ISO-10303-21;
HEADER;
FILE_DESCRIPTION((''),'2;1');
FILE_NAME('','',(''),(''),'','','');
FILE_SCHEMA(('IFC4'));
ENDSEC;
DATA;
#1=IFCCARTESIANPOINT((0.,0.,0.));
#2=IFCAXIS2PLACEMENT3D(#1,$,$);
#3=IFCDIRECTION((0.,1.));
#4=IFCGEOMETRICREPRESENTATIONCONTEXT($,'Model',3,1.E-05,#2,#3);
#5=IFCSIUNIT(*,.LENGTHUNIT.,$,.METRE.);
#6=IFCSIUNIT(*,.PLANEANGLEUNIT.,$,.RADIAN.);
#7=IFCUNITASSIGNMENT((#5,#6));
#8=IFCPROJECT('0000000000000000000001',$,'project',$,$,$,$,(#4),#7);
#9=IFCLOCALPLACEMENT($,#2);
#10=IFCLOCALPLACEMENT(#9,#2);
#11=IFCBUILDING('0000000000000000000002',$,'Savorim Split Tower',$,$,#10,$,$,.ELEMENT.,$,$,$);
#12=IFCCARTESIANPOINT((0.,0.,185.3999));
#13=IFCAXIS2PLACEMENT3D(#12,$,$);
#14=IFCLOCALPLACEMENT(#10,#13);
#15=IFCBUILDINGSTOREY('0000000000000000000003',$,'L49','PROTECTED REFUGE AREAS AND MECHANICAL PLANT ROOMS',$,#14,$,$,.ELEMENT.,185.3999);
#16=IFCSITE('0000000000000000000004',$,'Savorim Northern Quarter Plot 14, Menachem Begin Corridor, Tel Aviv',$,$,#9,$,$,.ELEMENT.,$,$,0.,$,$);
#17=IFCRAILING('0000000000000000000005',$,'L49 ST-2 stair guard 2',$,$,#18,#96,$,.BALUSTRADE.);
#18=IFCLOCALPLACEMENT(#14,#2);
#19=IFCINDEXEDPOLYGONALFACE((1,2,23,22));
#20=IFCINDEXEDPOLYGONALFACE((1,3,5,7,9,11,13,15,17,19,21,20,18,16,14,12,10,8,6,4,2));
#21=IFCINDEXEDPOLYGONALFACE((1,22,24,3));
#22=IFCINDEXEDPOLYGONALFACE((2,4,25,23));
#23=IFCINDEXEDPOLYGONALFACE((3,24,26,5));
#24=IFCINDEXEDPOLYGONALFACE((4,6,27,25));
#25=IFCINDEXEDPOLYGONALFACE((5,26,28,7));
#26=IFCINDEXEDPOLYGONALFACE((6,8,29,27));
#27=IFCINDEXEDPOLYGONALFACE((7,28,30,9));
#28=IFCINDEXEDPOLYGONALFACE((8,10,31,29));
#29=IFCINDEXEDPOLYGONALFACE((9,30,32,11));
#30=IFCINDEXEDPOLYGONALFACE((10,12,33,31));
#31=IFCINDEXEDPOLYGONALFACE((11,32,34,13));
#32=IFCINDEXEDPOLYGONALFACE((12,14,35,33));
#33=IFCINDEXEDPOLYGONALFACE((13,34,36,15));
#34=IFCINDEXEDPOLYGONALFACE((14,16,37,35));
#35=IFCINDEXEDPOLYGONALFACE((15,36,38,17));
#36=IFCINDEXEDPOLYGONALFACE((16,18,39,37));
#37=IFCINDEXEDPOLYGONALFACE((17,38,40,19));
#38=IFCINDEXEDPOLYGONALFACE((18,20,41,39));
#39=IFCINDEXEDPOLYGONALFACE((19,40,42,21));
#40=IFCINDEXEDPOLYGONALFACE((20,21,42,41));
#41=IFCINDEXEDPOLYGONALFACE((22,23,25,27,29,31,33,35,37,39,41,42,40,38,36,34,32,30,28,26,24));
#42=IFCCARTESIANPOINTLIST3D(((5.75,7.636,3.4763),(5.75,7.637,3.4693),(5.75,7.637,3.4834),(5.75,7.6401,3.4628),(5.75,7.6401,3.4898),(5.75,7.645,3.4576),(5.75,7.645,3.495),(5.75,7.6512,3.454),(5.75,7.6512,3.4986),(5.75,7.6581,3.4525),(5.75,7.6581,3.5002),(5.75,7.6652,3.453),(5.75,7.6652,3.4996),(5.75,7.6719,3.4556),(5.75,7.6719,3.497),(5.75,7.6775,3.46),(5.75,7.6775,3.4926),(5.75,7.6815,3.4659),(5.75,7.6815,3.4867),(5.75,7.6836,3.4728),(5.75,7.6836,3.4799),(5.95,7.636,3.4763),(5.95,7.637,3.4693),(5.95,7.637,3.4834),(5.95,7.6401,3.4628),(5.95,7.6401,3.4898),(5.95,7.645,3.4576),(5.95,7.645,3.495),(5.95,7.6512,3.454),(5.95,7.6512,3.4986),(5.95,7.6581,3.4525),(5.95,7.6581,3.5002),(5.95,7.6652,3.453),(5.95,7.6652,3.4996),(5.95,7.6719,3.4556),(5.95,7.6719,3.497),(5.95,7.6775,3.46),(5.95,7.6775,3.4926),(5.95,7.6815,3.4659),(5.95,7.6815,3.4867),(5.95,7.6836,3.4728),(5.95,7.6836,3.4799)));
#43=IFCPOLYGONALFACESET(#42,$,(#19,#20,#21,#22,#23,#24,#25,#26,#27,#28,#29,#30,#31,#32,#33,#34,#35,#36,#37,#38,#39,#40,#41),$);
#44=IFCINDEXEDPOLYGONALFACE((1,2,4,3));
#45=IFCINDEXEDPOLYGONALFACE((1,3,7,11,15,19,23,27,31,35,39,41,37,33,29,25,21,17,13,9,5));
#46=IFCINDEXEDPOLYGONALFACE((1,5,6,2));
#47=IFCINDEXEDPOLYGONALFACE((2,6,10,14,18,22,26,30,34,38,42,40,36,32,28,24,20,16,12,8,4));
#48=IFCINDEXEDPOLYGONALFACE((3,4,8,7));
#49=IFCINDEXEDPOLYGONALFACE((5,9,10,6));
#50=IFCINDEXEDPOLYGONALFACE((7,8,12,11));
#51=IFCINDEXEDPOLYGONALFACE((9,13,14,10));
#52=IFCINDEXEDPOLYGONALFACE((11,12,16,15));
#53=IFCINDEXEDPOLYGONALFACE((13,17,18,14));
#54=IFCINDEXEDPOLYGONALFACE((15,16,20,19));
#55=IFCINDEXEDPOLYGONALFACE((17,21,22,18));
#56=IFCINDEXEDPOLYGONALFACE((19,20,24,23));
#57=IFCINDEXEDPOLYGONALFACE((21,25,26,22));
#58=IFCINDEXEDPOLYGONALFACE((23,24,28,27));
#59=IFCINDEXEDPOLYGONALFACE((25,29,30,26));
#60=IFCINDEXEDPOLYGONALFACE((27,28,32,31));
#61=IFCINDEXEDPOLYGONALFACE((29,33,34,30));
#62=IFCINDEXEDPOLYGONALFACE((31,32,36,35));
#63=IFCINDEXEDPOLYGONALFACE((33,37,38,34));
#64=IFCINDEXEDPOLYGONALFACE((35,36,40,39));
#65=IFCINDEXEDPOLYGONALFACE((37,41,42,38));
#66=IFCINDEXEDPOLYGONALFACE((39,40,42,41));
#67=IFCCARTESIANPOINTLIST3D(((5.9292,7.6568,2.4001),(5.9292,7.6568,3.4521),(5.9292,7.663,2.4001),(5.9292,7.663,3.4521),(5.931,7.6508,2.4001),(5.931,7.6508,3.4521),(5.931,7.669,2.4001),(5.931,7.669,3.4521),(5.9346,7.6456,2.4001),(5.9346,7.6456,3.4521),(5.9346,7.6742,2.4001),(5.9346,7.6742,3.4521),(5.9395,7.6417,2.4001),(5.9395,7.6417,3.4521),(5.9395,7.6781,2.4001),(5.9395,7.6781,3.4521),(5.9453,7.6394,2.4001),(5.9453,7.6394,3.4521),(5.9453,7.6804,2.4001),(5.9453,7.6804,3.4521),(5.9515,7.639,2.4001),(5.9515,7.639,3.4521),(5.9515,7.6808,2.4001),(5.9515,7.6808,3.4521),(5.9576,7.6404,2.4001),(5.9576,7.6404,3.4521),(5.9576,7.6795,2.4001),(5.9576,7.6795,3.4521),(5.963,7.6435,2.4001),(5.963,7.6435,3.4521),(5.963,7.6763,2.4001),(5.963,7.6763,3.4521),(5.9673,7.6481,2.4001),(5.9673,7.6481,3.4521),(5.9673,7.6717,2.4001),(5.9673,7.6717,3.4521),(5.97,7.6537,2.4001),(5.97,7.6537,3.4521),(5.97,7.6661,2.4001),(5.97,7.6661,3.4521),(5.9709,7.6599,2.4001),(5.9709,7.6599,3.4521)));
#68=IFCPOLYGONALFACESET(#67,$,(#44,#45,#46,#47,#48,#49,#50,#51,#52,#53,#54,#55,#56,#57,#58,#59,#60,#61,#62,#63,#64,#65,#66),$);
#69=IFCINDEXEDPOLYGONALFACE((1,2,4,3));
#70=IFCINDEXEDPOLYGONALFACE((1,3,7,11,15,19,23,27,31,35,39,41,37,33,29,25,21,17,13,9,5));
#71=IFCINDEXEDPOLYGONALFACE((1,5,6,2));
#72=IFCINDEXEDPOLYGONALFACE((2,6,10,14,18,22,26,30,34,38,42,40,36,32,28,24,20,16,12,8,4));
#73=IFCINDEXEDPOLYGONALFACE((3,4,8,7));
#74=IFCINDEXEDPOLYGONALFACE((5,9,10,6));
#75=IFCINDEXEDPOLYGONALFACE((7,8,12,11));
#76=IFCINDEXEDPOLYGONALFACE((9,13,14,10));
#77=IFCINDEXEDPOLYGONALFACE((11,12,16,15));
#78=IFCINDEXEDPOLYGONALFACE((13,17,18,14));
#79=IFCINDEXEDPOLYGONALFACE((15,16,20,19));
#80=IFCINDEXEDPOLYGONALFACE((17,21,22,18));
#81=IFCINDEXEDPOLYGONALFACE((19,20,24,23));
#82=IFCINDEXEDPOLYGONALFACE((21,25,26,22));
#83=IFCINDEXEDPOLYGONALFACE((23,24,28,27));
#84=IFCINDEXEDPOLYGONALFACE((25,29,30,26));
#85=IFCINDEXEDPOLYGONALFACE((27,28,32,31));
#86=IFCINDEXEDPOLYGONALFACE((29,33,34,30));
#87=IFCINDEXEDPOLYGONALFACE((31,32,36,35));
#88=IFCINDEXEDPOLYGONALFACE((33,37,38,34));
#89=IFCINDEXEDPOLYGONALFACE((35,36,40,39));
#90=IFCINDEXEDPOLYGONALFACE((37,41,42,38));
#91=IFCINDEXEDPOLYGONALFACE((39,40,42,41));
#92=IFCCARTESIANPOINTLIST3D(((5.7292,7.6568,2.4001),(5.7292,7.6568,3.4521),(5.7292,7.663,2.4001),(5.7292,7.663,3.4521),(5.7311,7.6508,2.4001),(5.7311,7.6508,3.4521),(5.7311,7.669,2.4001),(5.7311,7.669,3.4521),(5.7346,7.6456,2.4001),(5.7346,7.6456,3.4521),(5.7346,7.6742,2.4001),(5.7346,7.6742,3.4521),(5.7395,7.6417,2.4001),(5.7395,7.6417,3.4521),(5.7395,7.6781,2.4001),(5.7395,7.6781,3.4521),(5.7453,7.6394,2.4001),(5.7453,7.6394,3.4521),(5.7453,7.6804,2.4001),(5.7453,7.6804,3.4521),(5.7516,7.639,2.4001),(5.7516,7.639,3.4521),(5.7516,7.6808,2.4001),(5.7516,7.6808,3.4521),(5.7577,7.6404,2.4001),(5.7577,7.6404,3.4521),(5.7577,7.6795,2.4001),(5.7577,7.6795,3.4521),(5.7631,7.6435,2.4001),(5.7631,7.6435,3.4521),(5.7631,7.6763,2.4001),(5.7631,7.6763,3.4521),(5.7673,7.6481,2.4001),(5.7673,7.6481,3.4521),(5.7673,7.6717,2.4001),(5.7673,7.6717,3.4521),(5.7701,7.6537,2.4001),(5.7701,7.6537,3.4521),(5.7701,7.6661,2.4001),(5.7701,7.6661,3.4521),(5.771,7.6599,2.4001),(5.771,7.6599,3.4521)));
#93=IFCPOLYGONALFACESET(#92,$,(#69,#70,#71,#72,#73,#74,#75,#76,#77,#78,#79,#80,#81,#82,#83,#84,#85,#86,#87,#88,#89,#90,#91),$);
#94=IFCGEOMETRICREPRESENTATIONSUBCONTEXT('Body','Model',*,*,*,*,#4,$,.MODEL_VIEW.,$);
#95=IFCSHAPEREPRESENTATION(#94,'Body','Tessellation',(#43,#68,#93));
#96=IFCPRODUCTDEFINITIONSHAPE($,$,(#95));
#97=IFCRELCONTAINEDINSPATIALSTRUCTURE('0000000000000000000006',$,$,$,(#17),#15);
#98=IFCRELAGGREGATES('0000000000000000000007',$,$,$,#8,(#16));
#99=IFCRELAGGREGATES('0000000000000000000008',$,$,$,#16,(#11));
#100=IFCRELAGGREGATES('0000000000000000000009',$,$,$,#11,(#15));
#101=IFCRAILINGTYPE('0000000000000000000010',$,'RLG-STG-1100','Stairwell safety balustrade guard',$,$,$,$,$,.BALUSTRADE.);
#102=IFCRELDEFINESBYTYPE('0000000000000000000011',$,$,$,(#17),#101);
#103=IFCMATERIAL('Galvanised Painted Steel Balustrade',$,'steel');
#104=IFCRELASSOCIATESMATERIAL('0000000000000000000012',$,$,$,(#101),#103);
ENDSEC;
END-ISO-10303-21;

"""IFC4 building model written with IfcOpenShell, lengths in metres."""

from ifc_helpers import new_model, si_unit, direction, frame, origin, origin_2d, place, context, subcontext, project, spatial, circle, extrude, material, type_object, element, save


model = new_model("IFC4")

# Units and contexts
model_context = context("Model", 3, precision=1e-05, world=origin(), true_north=direction((0.0, 1.0)))
body_context = subcontext(model_context, "Body", "Model", "MODEL_VIEW")
ifc_project = project(units=[si_unit("LENGTHUNIT", "METRE"), si_unit("PLANEANGLEUNIT", "RADIAN")], contexts=[model_context])

# Site, building, storey
site_placement = place(None, origin())
site = spatial("IfcSite", under=ifc_project, at=site_placement, Name="Savorim Northern Quarter Plot 14, Menachem Begin Corridor, Tel Aviv", CompositionType="ELEMENT", RefElevation=0.0)
building_placement = place(site_placement, origin())
building = spatial("IfcBuilding", under=site, at=building_placement, Name="Savorim Split Tower", CompositionType="ELEMENT")
storey_placement = place(building_placement, frame((0.0, 0.0, 185.3999)))
storey = spatial("IfcBuildingStorey", under=building, at=storey_placement, Name="L49", Description="PROTECTED REFUGE AREAS AND MECHANICAL PLANT ROOMS", CompositionType="ELEMENT", Elevation=185.3999)

# Shared definitions
ifc_material_1 = material(Name="Galvanised Painted Steel Balustrade", Category="steel")

# Railing
railing_type_1 = type_object("IfcRailingType", Name="RLG-STG-1100", Description="Stairwell safety balustrade guard", PredefinedType="BALUSTRADE", material=ifc_material_1)
railing_1_placement = place(storey_placement, frame((5.95, 7.6599, 2.4001)))
element("IfcRailing", 1, at=railing_1_placement, inside=storey, type_object=railing_type_1, Name="L49 ST-2 stair guard 2", PredefinedType="BALUSTRADE", context=body_context, shape_type="SweptSolid", body=[
    extrude(circle(Radius=0.0239, at=origin_2d()), frame((0.0, 0.0, 1.0762), z_axis=(-1.0, 0.0, 0.0), x_axis=(0.0, -1.0, 0.0)), (0.0, 0.0, 1.0), 0.2),
    extrude(circle(Radius=0.021, at=origin_2d()), origin(), (0.0, 0.0, 1.0), 1.052),
    extrude(circle(Radius=0.021, at=origin_2d()), frame((-0.2, 0.0, 0.0)), (0.0, 0.0, 1.0), 1.052),
])

save(model, "model.ifc")
